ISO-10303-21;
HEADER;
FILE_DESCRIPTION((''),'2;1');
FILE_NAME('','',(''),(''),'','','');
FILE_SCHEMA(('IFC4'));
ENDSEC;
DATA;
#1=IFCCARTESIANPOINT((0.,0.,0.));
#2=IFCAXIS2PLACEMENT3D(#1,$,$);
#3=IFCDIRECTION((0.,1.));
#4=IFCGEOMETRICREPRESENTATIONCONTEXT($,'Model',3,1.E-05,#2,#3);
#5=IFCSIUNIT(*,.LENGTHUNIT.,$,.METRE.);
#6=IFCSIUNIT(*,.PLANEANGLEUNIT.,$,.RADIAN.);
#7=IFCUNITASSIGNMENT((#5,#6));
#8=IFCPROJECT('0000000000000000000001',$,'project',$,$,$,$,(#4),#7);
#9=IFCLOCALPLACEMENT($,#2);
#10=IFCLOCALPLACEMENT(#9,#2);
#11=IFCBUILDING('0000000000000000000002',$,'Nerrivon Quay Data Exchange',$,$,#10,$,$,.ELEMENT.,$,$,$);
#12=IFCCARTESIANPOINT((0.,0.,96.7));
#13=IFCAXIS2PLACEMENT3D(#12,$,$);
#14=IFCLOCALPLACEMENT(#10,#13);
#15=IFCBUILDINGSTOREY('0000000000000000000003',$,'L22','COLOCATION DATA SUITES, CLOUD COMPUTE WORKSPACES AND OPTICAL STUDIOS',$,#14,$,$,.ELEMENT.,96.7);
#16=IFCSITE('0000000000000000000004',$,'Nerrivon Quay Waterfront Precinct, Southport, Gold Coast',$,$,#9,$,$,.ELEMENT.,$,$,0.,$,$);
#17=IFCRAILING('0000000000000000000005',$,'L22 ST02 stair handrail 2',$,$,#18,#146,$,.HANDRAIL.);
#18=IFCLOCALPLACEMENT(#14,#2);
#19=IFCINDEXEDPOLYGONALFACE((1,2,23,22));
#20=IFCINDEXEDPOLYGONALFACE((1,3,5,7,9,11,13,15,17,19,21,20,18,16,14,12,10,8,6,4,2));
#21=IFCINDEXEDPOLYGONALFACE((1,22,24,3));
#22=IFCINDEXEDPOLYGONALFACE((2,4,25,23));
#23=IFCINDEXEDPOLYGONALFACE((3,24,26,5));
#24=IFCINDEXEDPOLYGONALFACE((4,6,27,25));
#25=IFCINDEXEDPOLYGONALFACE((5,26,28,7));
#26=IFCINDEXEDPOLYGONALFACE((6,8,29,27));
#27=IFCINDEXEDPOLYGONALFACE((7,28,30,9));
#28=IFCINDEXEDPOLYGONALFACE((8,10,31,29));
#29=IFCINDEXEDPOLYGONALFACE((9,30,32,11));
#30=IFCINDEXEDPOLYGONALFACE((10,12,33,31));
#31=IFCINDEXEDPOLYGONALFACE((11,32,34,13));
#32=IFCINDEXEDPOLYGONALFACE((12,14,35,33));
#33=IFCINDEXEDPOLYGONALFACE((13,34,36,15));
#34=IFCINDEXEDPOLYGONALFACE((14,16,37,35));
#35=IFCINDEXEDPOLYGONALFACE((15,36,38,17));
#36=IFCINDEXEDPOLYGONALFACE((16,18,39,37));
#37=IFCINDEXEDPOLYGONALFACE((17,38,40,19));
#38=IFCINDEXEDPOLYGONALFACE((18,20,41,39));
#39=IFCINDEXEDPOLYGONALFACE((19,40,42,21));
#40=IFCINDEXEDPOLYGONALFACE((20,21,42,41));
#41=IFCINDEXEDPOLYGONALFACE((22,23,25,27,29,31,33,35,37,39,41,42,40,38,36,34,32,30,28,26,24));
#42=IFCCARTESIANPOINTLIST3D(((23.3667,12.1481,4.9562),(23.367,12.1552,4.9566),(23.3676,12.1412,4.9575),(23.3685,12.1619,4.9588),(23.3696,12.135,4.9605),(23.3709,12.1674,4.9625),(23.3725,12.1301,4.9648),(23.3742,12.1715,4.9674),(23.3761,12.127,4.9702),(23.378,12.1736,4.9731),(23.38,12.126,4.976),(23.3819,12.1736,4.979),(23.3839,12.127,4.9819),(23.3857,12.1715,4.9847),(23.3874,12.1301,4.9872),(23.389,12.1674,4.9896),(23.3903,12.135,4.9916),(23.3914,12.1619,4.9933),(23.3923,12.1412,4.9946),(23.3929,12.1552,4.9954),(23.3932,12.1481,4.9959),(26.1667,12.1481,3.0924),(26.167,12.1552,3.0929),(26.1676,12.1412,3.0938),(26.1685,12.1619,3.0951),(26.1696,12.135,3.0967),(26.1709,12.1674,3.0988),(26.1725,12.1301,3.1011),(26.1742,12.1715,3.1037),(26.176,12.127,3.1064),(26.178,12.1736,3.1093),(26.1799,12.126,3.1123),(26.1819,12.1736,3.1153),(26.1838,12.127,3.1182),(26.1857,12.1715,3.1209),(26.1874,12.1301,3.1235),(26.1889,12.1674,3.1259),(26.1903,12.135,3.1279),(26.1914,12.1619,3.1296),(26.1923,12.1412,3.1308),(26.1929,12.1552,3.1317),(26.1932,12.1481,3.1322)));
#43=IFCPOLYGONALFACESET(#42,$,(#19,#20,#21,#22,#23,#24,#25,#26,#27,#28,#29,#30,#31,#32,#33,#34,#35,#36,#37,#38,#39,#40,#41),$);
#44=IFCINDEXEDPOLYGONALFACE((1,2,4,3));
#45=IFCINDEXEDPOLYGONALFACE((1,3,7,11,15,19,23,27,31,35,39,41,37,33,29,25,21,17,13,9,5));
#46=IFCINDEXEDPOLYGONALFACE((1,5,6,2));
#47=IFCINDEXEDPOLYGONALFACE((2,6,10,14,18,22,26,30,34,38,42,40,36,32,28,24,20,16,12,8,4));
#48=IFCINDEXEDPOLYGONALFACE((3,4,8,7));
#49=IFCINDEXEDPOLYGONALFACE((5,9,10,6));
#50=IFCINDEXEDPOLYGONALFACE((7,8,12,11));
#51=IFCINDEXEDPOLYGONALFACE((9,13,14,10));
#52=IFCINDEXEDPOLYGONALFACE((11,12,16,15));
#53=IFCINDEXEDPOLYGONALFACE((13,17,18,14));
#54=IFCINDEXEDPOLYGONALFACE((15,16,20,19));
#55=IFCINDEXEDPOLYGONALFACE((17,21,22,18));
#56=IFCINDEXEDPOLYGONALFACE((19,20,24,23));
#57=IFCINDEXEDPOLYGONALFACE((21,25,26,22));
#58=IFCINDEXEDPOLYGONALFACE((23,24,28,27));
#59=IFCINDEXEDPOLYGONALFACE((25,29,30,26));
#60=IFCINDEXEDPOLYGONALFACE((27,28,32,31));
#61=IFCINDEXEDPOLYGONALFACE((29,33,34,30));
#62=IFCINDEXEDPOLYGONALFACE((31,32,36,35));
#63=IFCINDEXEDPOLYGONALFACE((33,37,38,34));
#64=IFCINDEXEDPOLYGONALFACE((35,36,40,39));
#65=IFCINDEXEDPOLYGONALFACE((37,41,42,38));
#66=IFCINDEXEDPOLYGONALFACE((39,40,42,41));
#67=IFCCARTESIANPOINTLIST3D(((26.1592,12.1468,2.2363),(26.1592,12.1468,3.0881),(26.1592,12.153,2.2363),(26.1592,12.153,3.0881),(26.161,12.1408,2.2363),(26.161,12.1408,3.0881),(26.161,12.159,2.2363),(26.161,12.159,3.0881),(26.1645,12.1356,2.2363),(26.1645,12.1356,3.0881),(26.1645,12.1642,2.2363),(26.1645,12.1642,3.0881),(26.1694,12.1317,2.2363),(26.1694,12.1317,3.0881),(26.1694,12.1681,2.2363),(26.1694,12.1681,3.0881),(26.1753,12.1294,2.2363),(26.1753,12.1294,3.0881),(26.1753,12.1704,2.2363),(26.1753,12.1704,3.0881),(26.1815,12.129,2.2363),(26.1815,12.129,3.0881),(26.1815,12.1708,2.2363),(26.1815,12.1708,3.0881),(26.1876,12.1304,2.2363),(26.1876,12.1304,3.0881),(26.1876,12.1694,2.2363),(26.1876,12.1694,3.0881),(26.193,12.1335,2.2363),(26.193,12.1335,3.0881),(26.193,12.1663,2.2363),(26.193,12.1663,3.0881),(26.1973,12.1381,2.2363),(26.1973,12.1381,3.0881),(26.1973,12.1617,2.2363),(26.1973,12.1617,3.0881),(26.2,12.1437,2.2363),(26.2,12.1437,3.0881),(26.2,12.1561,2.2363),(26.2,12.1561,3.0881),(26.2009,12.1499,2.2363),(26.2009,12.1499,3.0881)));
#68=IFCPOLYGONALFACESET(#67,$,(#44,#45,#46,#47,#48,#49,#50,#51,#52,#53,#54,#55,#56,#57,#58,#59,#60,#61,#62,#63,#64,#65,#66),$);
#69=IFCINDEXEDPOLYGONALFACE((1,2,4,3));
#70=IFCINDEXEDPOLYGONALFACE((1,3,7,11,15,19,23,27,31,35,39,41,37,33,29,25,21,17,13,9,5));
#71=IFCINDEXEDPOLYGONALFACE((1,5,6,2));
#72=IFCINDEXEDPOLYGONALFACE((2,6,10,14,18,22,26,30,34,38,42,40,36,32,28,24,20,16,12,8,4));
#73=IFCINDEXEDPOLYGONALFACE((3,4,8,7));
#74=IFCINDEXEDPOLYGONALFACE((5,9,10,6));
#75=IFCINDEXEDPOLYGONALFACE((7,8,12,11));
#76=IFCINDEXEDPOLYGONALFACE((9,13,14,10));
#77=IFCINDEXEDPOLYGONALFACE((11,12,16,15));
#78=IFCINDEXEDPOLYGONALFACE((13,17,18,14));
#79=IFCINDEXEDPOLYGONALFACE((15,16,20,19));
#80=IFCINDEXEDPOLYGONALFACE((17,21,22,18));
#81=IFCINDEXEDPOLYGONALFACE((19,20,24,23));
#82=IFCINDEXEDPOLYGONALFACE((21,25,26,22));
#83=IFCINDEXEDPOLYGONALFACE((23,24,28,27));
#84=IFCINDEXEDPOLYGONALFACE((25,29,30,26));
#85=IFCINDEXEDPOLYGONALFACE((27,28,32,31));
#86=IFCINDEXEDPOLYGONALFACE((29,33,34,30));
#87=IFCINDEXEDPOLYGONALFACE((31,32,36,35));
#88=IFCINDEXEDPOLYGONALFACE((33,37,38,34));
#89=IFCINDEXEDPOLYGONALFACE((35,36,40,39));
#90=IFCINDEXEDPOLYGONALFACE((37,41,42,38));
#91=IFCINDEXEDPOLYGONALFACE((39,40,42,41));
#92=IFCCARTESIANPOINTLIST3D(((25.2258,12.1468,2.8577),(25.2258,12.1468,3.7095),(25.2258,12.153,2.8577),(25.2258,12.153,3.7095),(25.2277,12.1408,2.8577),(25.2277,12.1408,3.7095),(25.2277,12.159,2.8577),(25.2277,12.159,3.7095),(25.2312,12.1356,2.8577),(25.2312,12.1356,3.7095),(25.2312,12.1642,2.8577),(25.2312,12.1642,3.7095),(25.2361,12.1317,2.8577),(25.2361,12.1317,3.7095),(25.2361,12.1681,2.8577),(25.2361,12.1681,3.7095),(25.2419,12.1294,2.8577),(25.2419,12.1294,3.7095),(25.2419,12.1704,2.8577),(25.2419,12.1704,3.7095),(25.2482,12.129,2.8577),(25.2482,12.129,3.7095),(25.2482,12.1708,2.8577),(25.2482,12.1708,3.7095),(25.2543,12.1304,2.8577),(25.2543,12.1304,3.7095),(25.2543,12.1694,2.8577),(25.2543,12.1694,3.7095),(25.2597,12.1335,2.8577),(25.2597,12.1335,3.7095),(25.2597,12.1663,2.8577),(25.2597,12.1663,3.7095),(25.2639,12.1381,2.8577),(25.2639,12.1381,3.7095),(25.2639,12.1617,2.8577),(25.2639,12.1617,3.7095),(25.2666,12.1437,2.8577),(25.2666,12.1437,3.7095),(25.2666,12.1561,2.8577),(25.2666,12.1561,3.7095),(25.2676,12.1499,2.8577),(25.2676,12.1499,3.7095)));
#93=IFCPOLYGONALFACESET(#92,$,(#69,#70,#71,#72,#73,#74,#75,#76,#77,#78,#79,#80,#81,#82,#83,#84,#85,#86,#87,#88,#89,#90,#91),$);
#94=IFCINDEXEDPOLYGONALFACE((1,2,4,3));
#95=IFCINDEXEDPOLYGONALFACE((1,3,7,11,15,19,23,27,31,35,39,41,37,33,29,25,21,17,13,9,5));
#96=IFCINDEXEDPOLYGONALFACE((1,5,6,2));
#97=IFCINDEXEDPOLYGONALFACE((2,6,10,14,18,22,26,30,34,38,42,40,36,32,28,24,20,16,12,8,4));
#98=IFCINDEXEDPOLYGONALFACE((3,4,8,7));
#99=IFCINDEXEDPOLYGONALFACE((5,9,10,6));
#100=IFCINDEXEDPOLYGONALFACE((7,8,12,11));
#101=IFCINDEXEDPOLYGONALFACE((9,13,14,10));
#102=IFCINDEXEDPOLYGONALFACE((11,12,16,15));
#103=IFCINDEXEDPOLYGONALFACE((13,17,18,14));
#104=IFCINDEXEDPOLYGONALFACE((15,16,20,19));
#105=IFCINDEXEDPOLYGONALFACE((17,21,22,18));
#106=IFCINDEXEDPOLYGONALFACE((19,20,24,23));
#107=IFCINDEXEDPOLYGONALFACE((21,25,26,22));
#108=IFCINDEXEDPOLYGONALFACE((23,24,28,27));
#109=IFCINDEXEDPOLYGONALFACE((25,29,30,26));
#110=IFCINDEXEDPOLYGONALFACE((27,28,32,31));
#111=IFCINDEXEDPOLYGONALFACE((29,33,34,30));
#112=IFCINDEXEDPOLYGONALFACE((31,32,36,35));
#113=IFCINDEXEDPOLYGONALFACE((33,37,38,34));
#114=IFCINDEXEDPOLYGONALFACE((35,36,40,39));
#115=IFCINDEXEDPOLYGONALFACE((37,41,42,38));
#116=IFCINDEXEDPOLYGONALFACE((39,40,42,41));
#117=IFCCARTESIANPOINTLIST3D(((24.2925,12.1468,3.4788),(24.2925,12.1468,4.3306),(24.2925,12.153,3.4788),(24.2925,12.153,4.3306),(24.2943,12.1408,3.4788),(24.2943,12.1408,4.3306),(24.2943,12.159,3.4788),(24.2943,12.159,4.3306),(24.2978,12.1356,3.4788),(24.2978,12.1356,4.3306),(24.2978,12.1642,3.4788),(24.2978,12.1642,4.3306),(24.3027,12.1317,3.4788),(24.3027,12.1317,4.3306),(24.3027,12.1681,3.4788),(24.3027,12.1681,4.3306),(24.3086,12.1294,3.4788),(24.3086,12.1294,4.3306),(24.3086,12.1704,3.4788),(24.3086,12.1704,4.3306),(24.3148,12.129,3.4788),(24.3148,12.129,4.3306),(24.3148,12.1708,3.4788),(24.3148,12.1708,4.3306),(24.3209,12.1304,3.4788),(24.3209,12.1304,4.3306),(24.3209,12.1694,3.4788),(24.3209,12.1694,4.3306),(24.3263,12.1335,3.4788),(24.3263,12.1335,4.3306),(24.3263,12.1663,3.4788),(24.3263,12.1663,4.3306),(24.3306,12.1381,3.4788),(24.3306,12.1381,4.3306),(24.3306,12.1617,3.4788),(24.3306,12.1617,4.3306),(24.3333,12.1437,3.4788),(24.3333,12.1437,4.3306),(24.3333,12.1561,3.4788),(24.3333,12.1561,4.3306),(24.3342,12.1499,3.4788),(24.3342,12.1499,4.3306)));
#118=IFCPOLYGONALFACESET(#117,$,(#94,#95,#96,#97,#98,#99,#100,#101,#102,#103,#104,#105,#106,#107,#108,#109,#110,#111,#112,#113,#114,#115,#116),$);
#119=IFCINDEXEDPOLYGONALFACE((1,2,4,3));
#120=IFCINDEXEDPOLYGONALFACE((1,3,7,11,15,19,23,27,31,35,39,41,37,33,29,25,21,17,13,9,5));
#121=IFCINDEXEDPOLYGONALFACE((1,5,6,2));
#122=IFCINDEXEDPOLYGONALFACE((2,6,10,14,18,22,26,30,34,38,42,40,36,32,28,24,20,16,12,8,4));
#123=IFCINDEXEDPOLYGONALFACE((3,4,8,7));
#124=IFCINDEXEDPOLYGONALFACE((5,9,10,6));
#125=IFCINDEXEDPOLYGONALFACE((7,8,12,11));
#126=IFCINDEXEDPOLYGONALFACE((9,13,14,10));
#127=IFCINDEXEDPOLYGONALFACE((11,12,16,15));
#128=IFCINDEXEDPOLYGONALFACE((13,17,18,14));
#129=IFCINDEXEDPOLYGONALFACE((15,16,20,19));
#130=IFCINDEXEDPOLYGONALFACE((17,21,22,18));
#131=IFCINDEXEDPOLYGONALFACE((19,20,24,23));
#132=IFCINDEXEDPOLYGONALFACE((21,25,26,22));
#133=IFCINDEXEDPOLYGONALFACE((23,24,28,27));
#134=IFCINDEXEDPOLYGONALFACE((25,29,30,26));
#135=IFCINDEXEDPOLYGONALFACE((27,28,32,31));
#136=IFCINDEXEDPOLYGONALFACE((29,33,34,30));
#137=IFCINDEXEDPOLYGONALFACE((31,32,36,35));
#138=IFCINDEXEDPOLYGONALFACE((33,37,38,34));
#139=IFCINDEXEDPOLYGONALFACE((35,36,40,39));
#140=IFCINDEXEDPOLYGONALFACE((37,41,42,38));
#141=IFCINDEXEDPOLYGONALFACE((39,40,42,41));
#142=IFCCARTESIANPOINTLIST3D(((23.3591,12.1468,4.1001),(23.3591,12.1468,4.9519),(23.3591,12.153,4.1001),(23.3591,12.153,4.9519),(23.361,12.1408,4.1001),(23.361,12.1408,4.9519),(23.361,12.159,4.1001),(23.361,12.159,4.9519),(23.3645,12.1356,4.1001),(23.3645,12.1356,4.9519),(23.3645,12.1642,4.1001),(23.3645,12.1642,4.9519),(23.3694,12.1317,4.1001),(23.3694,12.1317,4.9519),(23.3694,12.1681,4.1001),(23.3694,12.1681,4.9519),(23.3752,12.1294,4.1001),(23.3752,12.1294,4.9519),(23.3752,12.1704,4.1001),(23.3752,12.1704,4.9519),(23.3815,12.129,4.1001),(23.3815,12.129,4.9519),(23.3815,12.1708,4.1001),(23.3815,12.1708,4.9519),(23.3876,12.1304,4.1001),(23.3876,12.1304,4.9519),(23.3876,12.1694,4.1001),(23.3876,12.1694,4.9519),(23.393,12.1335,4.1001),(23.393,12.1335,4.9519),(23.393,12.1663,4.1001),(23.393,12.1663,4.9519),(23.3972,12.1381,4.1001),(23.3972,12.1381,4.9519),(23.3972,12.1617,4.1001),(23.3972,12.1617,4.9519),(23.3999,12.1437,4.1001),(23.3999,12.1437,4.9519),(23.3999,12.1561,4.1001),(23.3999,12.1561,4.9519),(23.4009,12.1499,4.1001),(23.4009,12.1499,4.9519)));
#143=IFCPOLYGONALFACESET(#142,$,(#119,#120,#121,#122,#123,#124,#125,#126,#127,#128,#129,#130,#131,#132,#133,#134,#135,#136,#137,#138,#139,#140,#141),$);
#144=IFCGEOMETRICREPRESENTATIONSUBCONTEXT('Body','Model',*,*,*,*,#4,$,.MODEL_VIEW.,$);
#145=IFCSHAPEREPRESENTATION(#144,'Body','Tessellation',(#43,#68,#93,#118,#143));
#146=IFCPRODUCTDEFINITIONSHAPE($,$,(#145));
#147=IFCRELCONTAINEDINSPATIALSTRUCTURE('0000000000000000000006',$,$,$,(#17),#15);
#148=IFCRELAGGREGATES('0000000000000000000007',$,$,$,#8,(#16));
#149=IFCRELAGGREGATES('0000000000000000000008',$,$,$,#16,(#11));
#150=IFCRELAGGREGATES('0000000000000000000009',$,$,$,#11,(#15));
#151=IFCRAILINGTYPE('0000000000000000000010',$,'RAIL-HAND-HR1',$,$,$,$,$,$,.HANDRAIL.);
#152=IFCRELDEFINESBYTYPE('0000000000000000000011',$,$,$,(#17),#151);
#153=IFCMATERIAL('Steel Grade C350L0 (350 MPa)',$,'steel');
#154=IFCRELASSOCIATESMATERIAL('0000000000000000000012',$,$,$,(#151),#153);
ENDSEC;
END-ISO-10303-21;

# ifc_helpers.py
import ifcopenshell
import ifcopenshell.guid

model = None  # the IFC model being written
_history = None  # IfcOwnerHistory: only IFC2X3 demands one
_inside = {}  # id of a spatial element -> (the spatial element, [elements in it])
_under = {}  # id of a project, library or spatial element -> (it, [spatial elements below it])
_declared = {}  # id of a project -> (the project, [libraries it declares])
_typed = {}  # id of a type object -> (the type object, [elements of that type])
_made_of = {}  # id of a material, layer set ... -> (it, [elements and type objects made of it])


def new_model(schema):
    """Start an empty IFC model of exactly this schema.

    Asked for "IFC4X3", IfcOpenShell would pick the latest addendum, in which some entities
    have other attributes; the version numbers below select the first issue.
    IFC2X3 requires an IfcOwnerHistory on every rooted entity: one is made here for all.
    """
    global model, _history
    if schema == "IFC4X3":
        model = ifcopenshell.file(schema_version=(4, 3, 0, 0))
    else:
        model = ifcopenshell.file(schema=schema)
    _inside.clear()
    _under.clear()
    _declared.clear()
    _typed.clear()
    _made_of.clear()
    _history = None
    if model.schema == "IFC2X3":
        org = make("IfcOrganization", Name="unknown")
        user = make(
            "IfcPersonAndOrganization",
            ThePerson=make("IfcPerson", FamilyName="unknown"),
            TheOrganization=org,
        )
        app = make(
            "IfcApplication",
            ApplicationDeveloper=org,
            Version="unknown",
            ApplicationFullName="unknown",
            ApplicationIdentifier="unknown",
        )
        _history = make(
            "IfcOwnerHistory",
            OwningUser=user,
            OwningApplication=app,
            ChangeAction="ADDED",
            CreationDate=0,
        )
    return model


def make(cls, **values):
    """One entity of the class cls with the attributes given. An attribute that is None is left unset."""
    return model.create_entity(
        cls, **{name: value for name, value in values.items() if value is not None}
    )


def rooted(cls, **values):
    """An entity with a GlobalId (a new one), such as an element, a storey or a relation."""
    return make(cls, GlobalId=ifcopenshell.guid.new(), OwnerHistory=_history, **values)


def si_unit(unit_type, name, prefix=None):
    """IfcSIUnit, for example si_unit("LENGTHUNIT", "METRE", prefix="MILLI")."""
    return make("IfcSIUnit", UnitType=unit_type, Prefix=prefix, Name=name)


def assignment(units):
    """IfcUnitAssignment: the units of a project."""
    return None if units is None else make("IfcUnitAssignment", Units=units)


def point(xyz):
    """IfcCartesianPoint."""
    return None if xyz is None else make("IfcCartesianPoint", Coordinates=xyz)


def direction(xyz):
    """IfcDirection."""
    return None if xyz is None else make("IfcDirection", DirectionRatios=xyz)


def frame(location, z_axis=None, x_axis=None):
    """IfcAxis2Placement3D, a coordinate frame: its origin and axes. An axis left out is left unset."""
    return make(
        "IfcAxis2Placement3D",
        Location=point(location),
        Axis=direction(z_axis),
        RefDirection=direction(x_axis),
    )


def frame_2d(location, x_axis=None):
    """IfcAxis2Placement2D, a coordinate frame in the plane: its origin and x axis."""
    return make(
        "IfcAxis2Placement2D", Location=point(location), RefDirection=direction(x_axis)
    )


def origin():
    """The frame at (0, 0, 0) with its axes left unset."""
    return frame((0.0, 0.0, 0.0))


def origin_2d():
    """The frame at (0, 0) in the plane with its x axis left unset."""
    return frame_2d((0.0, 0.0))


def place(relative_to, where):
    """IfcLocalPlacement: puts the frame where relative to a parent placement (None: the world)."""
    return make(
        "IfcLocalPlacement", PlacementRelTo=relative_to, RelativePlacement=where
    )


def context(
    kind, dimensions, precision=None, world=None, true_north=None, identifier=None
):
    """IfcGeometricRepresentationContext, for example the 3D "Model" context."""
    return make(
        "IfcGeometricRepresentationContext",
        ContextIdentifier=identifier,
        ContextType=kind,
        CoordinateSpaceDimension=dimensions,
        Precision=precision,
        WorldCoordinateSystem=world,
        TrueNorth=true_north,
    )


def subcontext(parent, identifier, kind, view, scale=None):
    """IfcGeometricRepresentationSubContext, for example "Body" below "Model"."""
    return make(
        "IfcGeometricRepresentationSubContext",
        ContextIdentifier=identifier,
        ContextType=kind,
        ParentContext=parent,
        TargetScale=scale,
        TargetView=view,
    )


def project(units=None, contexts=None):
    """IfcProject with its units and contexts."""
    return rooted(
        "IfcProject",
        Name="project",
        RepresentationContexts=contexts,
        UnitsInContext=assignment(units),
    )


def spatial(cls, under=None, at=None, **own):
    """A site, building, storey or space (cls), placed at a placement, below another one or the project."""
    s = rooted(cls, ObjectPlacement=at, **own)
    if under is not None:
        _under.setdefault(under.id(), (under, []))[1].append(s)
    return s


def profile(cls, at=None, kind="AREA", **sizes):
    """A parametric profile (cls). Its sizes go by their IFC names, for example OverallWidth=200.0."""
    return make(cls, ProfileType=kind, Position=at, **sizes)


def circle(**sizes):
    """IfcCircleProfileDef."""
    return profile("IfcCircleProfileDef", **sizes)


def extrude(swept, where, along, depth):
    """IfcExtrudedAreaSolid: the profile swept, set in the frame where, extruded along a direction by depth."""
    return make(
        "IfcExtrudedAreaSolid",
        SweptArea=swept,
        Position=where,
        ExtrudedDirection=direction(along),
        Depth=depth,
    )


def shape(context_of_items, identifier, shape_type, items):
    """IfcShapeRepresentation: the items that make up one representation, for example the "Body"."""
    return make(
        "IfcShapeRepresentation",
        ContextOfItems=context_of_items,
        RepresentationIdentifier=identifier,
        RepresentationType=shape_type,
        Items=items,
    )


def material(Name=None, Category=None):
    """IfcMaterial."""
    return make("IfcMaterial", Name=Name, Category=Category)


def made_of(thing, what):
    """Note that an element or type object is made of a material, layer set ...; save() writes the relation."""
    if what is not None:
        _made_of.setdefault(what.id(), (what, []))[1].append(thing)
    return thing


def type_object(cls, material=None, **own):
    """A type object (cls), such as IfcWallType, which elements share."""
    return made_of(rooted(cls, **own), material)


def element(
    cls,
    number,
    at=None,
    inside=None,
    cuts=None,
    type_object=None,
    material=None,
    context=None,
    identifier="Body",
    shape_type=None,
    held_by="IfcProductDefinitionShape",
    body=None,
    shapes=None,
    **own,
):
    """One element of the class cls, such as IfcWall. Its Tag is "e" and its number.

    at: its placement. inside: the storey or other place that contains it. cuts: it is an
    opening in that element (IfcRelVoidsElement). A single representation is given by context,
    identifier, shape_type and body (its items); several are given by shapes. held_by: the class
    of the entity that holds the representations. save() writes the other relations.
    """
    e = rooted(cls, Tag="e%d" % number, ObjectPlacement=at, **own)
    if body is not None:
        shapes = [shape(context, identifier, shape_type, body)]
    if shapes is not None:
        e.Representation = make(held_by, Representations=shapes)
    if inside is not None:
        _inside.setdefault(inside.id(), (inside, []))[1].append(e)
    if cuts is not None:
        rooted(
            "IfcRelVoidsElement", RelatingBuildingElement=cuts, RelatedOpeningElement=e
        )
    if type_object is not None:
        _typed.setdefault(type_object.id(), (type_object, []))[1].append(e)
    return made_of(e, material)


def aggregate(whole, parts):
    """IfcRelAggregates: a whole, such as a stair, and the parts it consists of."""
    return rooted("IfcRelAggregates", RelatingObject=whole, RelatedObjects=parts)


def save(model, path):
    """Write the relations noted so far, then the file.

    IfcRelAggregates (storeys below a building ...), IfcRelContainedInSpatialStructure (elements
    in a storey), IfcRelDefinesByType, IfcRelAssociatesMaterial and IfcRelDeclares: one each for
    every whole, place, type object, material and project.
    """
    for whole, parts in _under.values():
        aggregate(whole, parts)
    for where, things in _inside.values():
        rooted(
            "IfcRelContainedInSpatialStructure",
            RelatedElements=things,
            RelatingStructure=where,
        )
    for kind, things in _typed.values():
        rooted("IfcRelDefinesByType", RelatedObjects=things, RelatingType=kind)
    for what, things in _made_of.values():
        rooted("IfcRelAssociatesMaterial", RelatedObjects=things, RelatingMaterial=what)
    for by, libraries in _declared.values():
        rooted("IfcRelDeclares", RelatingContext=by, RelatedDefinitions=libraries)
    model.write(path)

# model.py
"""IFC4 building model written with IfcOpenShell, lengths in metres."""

from ifc_helpers import new_model, si_unit, direction, frame, origin, origin_2d, place, context, subcontext, project, spatial, circle, extrude, material, type_object, element, save


model = new_model("IFC4")

# Units and contexts
model_context = context("Model", 3, precision=1e-05, world=origin(), true_north=direction((0.0, 1.0)))
body_context = subcontext(model_context, "Body", "Model", "MODEL_VIEW")
ifc_project = project(units=[si_unit("LENGTHUNIT", "METRE"), si_unit("PLANEANGLEUNIT", "RADIAN")], contexts=[model_context])

# Site, building, storey
site_placement = place(None, origin())
site = spatial("IfcSite", under=ifc_project, at=site_placement, Name="Nerrivon Quay Waterfront Precinct, Southport, Gold Coast", CompositionType="ELEMENT", RefElevation=0.0)
building_placement = place(site_placement, origin())
building = spatial("IfcBuilding", under=site, at=building_placement, Name="Nerrivon Quay Data Exchange", CompositionType="ELEMENT")
storey_placement = place(building_placement, frame((0.0, 0.0, 96.7)))
storey = spatial("IfcBuildingStorey", under=building, at=storey_placement, Name="L22", Description="COLOCATION DATA SUITES, CLOUD COMPUTE WORKSPACES AND OPTICAL STUDIOS", CompositionType="ELEMENT", Elevation=96.7)

# Railing
ifc_material_1 = material(Name="Steel Grade C350L0 (350 MPa)", Category="steel")
railing_type_1 = type_object("IfcRailingType", Name="RAIL-HAND-HR1", PredefinedType="HANDRAIL", material=ifc_material_1)
railing_1_placement = place(storey_placement, frame((26.1799, 12.1499, 2.2363)))
element("IfcRailing", 1, at=railing_1_placement, inside=storey, type_object=railing_type_1, Name="L22 ST02 stair handrail 2", PredefinedType="HANDRAIL", context=body_context, shape_type="SweptSolid", body=[
    extrude(circle(Radius=0.0239, at=origin_2d()), frame((0.0, 0.0, 0.876), z_axis=(-0.832452, 0.0, 0.554097), x_axis=(0.0, -1.0, 0.0)), (0.0, 0.0, 1.0), 3.3635),
    extrude(circle(Radius=0.021, at=origin_2d()), origin(), (0.0, 0.0, 1.0), 0.8518),
    extrude(circle(Radius=0.021, at=origin_2d()), frame((-0.9333, 0.0, 0.6213)), (0.0, 0.0, 1.0), 0.8518),
    extrude(circle(Radius=0.021, at=origin_2d()), frame((-1.8667, 0.0, 1.2424)), (0.0, 0.0, 1.0), 0.8518),
    extrude(circle(Radius=0.021, at=origin_2d()), frame((-2.8, 0.0, 1.8638)), (0.0, 0.0, 1.0), 0.8518),
])

save(model, "model.ifc")
